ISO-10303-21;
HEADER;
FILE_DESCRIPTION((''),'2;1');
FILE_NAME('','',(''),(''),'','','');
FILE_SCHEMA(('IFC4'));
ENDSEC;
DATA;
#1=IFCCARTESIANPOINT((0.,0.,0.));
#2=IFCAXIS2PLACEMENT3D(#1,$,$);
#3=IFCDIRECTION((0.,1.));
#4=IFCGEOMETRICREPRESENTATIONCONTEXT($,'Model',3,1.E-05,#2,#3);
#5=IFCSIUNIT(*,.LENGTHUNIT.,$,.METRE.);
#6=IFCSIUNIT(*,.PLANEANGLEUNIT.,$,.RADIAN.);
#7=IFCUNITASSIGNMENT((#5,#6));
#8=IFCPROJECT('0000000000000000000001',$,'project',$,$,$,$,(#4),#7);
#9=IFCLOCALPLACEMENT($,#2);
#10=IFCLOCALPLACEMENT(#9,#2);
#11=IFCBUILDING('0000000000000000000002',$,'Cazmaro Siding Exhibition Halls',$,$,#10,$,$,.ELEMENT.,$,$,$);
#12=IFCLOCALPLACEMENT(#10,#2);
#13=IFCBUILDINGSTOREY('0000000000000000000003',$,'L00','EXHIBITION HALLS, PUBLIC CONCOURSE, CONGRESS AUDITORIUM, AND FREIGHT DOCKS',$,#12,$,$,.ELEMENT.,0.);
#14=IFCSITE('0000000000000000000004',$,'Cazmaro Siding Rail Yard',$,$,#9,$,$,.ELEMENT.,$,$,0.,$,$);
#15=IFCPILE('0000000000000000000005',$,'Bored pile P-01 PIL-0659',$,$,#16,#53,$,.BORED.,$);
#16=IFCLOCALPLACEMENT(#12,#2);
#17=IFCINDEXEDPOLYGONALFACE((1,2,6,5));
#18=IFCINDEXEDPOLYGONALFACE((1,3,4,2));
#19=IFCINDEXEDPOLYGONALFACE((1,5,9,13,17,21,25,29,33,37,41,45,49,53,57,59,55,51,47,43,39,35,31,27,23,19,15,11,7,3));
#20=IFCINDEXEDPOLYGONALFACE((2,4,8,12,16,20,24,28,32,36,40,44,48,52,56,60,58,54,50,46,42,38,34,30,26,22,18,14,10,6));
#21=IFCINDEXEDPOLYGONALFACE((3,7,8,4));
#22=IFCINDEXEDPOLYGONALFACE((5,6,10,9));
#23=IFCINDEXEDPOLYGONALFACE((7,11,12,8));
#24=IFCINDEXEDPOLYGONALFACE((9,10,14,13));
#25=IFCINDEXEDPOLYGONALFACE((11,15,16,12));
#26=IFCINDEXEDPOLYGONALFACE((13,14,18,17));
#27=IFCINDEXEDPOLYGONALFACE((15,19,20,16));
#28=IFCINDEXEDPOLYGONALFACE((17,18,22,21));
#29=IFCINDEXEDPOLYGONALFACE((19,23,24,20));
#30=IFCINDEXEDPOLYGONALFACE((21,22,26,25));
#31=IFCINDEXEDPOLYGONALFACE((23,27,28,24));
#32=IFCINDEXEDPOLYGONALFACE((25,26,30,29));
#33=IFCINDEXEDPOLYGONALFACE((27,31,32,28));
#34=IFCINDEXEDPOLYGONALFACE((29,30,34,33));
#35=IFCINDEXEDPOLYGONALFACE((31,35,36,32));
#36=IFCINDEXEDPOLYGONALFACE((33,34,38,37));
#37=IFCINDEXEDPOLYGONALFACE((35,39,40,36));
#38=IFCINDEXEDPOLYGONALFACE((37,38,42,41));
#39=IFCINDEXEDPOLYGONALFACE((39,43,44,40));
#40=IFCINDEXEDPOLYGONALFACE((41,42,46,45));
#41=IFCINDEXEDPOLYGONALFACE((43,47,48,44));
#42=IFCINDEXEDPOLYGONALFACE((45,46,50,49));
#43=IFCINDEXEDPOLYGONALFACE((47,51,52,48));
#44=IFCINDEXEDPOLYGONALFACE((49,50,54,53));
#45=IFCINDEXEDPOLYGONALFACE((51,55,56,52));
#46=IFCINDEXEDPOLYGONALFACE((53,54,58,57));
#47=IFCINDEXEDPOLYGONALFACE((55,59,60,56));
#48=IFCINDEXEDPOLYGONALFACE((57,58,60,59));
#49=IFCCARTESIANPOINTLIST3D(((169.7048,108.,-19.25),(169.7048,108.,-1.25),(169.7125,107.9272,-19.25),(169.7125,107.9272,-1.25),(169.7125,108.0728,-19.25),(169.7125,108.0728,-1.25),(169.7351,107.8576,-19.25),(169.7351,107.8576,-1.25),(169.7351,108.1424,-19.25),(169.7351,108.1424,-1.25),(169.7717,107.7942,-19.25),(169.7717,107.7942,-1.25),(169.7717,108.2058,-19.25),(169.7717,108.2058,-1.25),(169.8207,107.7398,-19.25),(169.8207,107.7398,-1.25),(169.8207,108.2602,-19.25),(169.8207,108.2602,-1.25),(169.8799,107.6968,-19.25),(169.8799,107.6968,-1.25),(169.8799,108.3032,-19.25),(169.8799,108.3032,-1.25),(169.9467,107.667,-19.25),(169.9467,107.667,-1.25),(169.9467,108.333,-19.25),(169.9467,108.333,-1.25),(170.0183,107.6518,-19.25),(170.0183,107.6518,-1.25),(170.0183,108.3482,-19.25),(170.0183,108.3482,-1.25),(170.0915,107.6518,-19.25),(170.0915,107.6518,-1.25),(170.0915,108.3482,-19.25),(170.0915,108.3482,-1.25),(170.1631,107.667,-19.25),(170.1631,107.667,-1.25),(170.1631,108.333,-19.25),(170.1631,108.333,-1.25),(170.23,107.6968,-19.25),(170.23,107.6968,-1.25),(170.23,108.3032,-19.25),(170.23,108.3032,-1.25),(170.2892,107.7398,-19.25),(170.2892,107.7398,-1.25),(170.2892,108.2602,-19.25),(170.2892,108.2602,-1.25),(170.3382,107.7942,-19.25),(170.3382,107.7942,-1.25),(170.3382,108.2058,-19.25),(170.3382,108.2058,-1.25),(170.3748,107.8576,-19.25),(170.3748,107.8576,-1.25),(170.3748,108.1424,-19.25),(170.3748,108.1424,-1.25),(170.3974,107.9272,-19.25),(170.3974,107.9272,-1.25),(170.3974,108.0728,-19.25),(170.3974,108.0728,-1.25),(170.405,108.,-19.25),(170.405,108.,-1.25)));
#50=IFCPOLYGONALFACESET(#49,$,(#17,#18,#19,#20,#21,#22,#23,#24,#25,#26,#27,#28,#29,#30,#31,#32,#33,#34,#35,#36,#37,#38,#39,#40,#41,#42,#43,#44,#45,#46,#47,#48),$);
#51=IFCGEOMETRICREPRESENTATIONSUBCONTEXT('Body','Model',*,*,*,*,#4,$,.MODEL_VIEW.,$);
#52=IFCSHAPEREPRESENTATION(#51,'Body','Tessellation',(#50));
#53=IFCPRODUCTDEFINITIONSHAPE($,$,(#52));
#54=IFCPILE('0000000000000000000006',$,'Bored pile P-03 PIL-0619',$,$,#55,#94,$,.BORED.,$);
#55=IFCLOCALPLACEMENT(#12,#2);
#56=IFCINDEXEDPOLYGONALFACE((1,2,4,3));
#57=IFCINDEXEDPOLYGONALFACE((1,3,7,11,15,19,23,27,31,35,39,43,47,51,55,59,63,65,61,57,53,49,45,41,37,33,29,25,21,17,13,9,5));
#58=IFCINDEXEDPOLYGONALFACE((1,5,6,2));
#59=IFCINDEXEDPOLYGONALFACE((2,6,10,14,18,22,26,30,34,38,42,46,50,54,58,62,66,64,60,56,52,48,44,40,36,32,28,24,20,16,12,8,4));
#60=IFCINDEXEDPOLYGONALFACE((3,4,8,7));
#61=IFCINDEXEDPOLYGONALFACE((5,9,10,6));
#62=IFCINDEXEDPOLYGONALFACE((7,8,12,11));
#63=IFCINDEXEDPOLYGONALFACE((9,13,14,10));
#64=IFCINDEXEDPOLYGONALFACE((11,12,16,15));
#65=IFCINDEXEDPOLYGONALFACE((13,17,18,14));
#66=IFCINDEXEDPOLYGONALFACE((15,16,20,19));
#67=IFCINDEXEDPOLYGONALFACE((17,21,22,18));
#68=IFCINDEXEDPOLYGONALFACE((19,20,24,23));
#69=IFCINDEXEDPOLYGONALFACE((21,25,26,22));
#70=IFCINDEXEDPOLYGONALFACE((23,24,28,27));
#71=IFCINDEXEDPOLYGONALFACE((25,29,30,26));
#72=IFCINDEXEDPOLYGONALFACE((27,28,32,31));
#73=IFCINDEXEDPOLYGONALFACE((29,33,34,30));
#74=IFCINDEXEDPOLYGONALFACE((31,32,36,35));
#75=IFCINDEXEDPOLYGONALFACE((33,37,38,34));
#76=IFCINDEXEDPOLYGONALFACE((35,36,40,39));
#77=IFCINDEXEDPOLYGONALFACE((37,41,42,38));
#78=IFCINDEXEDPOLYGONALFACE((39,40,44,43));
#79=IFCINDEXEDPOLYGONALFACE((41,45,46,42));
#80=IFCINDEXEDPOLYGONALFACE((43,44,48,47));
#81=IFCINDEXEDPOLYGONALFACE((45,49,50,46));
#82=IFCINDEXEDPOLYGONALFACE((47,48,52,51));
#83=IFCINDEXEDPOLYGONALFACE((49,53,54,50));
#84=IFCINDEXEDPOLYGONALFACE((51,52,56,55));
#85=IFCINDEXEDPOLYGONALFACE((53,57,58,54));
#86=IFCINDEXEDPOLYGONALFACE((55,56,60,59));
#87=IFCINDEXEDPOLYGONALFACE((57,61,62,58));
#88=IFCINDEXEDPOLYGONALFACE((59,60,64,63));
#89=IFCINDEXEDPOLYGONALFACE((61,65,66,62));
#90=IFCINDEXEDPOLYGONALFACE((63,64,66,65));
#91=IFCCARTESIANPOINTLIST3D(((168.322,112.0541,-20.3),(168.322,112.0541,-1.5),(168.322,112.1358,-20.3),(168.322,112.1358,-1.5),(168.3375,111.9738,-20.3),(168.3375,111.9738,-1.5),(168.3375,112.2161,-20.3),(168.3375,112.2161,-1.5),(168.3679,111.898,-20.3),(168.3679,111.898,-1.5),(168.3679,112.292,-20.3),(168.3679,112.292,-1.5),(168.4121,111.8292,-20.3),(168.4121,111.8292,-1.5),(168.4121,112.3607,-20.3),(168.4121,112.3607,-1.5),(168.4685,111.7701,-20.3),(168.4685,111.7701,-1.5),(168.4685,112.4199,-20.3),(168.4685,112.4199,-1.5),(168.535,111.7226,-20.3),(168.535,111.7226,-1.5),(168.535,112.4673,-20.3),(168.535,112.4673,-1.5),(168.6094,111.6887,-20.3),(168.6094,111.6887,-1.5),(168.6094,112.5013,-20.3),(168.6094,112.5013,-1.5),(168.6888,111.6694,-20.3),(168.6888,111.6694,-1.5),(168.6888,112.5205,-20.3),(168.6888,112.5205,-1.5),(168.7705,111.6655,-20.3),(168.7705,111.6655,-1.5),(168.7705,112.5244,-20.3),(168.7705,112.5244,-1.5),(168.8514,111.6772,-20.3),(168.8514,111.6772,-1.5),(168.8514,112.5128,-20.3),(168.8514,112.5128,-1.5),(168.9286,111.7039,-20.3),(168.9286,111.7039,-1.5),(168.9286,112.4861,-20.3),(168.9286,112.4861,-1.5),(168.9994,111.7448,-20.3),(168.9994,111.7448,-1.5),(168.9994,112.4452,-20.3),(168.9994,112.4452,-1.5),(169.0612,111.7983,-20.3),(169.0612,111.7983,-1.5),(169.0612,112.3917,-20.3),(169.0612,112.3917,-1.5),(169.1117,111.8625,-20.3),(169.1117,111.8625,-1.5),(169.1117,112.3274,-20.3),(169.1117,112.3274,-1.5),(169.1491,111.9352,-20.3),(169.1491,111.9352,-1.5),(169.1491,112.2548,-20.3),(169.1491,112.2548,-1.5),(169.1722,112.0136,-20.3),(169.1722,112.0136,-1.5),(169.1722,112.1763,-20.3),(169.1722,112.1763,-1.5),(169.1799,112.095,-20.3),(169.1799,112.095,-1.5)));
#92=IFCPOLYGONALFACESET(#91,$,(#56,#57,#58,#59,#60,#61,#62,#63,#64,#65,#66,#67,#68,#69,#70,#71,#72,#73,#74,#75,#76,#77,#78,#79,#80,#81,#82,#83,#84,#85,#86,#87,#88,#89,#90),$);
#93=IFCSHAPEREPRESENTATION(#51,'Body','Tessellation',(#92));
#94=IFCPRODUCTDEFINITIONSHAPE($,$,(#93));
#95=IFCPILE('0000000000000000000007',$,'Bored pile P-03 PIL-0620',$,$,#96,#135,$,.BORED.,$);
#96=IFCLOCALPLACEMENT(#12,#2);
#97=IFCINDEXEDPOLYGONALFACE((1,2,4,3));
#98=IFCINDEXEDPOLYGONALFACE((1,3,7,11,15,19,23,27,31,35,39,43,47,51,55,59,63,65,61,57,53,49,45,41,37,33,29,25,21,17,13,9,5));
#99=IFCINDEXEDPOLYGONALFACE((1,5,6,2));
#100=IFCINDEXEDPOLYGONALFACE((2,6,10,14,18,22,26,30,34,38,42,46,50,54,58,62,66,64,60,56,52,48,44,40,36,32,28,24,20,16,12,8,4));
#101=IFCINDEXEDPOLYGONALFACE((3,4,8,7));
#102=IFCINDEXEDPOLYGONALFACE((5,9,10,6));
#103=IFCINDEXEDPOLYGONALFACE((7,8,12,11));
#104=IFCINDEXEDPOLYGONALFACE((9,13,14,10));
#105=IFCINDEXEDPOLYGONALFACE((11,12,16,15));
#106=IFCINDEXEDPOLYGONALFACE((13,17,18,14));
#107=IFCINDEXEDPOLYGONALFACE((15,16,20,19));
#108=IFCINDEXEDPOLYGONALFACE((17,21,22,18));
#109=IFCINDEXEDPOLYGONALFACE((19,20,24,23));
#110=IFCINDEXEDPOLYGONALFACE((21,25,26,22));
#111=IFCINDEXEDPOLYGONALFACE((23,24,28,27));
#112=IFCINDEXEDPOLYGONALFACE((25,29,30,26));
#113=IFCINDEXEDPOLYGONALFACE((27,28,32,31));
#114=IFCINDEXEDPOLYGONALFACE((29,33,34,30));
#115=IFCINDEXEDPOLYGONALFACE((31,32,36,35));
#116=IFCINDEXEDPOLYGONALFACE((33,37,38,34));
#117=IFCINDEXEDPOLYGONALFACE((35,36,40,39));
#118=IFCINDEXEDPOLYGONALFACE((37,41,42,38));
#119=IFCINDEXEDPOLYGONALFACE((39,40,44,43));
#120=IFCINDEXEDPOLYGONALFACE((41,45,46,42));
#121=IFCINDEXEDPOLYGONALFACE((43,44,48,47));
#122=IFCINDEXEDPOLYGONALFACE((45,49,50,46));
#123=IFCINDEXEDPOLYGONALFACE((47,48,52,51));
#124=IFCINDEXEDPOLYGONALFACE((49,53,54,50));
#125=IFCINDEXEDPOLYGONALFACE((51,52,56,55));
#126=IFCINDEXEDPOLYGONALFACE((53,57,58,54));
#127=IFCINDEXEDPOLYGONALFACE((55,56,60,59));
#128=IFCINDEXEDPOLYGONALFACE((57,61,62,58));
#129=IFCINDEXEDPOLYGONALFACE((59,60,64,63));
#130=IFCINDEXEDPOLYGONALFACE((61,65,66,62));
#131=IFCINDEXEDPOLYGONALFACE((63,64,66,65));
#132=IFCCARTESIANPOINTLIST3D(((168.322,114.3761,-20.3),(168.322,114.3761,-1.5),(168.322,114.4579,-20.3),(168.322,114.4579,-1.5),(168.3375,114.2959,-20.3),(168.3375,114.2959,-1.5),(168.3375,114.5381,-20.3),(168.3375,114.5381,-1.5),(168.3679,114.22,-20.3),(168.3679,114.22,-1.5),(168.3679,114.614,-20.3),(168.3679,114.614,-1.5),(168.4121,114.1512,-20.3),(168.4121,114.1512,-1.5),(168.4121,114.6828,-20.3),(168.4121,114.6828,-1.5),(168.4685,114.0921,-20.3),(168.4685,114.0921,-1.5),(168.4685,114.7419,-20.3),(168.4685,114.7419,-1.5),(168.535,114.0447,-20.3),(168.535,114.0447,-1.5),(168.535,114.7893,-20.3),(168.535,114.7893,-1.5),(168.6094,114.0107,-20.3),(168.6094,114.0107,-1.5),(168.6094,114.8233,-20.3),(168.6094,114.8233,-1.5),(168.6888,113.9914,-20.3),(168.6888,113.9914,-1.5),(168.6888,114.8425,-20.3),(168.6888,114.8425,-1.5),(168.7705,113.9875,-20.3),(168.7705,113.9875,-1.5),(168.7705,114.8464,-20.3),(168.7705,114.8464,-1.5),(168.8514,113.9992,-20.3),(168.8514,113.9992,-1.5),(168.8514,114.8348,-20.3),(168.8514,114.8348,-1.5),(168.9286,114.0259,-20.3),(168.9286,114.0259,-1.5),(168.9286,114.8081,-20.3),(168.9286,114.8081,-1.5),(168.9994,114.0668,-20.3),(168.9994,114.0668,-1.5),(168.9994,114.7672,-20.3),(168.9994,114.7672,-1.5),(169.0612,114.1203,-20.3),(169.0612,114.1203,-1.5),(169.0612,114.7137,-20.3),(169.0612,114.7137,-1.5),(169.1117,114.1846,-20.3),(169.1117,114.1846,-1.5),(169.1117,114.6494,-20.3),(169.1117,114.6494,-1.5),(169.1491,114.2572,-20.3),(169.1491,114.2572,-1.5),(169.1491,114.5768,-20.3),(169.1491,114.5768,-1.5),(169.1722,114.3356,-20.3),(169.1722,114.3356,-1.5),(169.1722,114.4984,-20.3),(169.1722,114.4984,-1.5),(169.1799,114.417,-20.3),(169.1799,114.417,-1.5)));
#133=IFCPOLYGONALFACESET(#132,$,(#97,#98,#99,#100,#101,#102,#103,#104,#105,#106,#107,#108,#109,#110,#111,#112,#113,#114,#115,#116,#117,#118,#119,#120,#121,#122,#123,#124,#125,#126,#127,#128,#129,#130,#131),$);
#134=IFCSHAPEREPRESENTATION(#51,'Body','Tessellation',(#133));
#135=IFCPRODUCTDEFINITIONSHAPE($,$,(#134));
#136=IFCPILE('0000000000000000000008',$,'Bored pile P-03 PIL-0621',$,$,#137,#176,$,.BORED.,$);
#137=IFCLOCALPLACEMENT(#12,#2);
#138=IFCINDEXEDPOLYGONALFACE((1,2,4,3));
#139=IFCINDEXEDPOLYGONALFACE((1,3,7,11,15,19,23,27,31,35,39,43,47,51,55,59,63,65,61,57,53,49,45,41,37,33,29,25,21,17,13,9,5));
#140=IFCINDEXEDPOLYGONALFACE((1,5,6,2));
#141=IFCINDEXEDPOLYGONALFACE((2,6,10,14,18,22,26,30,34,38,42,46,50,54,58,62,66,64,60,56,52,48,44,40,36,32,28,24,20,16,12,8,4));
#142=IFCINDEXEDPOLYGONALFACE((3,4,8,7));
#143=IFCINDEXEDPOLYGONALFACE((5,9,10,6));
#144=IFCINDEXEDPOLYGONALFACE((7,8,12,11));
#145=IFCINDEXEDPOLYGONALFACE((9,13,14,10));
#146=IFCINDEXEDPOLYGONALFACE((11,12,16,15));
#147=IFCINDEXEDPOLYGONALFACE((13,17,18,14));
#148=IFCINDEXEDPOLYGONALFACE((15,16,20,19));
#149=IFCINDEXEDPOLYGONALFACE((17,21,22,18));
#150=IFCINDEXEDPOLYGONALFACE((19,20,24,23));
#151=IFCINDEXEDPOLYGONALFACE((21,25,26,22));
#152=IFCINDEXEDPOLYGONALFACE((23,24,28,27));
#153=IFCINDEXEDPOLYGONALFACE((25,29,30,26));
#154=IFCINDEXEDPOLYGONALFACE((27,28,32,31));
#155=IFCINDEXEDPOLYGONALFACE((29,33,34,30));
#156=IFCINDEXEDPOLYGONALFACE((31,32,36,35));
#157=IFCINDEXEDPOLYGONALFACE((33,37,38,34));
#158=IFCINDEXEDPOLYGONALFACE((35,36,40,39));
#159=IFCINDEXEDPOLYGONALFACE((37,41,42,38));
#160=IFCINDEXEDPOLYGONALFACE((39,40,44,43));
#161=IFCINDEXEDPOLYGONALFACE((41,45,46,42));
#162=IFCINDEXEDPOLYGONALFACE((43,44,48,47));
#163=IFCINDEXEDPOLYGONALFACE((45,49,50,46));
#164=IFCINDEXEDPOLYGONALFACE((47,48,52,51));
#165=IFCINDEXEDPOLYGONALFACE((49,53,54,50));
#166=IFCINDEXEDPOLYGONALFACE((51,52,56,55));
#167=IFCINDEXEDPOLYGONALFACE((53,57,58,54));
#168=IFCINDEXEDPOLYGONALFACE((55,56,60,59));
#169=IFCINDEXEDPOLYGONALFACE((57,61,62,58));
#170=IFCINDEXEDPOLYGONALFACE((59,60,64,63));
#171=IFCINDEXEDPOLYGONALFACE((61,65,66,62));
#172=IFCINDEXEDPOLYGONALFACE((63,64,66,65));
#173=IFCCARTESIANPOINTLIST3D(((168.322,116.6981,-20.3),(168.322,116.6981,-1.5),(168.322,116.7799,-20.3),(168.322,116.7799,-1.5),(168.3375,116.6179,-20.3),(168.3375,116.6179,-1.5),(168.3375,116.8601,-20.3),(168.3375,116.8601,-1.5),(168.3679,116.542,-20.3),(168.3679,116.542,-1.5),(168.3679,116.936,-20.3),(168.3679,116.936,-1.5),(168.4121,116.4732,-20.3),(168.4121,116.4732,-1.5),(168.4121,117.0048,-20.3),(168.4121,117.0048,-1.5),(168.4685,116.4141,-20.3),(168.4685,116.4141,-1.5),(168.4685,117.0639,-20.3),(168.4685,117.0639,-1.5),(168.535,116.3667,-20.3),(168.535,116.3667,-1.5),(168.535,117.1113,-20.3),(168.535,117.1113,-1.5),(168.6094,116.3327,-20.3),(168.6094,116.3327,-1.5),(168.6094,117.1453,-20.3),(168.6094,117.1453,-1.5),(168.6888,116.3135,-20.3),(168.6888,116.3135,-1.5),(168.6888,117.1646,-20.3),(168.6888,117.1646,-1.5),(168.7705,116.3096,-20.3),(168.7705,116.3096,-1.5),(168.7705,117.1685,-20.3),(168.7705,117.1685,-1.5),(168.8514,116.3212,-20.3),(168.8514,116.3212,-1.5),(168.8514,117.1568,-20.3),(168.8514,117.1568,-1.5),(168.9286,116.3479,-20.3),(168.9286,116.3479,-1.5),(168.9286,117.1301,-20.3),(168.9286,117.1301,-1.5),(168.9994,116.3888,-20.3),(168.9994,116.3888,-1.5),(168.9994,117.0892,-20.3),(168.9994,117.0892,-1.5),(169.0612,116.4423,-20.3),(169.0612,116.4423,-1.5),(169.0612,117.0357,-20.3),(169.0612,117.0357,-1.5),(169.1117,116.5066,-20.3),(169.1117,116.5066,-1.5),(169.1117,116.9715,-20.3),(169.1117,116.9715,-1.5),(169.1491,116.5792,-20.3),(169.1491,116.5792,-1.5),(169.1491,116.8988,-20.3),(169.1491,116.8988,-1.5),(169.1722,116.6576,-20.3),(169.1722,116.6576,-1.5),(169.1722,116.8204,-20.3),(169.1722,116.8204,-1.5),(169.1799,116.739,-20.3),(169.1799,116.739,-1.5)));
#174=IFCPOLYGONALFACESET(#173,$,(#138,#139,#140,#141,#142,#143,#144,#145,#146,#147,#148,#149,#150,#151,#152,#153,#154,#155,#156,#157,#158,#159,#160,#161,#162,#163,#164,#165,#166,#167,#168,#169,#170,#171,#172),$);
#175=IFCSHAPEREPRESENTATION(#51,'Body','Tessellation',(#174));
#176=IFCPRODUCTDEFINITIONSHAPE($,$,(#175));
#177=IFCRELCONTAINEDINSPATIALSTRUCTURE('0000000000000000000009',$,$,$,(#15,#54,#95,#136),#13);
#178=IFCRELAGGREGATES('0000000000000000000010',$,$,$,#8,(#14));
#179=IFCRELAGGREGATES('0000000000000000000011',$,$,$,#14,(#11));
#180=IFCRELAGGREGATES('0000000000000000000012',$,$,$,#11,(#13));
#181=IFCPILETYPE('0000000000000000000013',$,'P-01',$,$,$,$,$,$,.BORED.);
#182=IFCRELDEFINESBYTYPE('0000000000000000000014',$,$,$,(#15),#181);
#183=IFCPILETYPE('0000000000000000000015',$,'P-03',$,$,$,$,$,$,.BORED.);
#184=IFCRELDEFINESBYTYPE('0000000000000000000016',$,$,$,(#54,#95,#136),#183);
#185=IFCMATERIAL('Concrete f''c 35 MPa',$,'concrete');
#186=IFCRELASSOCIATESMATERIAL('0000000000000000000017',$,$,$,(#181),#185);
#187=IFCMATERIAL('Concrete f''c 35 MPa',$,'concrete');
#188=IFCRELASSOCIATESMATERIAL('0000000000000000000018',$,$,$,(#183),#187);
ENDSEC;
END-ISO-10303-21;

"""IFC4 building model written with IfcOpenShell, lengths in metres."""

from ifc_helpers import new_model, si_unit, direction, frame, origin, origin_2d, place, context, subcontext, project, spatial, circle, extrude, material, material_profile, profile_set, type_object, element, save


model = new_model("IFC4")

# Units and contexts
model_context = context("Model", 3, precision=1e-05, world=origin(), true_north=direction((0.0, 1.0)))
body_context = subcontext(model_context, "Body", "Model", "MODEL_VIEW")
ifc_project = project(units=[si_unit("LENGTHUNIT", "METRE"), si_unit("PLANEANGLEUNIT", "RADIAN")], contexts=[model_context])

# Site, building, storey
site_placement = place(None, origin())
site = spatial("IfcSite", under=ifc_project, at=site_placement, Name="Cazmaro Siding Rail Yard", CompositionType="ELEMENT", RefElevation=0.0)
building_placement = place(site_placement, origin())
building = spatial("IfcBuilding", under=site, at=building_placement, Name="Cazmaro Siding Exhibition Halls", CompositionType="ELEMENT")
storey_placement = place(building_placement, origin())
storey = spatial("IfcBuildingStorey", under=building, at=storey_placement, Name="L00", Description="EXHIBITION HALLS, PUBLIC CONCOURSE, CONGRESS AUDITORIUM, AND FREIGHT DOCKS", CompositionType="ELEMENT", Elevation=0.0)

# Piles
ifc_material_1 = material(Name="Concrete f'c 35 MPa", Category="concrete")
ifc_material_profile_1 = material_profile(ifc_material_1, circle(Radius=0.3501, at=origin_2d()), Name="CIDH-700")
ifc_profile_set_1 = profile_set([ifc_material_profile_1], Name="Concrete f'c 35 MPa")
pile_type_1 = type_object("IfcPileType", Name="P-01", PredefinedType="BORED", material=ifc_profile_set_1)
pile_placement = place(storey_placement, frame((170.0549, 108.0, -1.25), z_axis=(0.0, 0.0, -1.0), x_axis=(1.0, 0.0, 0.0)))
element("IfcPile", 1, at=pile_placement, inside=storey, type_object=pile_type_1, Name="Bored pile P-01 PIL-0659", PredefinedType="BORED", context=body_context, shape_type="SweptSolid", body=[
    extrude(circle(Radius=0.3501, at=origin_2d()), origin(), (0.0, 0.0, 1.0), 18.0),
])
ifc_material_2 = material(Name="Concrete f'c 35 MPa", Category="concrete")
ifc_material_profile_2 = material_profile(ifc_material_2, circle(Radius=0.4299, at=origin_2d()), Name="CIDH-860")
ifc_profile_set_2 = profile_set([ifc_material_profile_2], Name="Concrete f'c 35 MPa")
pile_type_2 = type_object("IfcPileType", Name="P-03", PredefinedType="BORED", material=ifc_profile_set_2)
for number, where, z_axis, x_axis, name in (
    (2, (168.75, 112.095, -1.5), (0.0, 0.0, -1.0), (1.0, 0.0, 0.0), "Bored pile P-03 PIL-0619"),
    (3, (168.75, 114.417, -1.5), (0.0, 0.0, -1.0), (1.0, 0.0, 0.0), "Bored pile P-03 PIL-0620"),
    (4, (168.75, 116.739, -1.5), (0.0, 0.0, -1.0), (1.0, 0.0, 0.0), "Bored pile P-03 PIL-0621"),
):
    element("IfcPile", number, at=place(storey_placement, frame(where, z_axis=z_axis, x_axis=x_axis)), inside=storey, type_object=pile_type_2, Name=name, PredefinedType="BORED", context=body_context, shape_type="SweptSolid", body=[
        extrude(circle(Radius=0.4299, at=origin_2d()), origin(), (0.0, 0.0, 1.0), 18.8),
    ])

save(model, "model.ifc")
